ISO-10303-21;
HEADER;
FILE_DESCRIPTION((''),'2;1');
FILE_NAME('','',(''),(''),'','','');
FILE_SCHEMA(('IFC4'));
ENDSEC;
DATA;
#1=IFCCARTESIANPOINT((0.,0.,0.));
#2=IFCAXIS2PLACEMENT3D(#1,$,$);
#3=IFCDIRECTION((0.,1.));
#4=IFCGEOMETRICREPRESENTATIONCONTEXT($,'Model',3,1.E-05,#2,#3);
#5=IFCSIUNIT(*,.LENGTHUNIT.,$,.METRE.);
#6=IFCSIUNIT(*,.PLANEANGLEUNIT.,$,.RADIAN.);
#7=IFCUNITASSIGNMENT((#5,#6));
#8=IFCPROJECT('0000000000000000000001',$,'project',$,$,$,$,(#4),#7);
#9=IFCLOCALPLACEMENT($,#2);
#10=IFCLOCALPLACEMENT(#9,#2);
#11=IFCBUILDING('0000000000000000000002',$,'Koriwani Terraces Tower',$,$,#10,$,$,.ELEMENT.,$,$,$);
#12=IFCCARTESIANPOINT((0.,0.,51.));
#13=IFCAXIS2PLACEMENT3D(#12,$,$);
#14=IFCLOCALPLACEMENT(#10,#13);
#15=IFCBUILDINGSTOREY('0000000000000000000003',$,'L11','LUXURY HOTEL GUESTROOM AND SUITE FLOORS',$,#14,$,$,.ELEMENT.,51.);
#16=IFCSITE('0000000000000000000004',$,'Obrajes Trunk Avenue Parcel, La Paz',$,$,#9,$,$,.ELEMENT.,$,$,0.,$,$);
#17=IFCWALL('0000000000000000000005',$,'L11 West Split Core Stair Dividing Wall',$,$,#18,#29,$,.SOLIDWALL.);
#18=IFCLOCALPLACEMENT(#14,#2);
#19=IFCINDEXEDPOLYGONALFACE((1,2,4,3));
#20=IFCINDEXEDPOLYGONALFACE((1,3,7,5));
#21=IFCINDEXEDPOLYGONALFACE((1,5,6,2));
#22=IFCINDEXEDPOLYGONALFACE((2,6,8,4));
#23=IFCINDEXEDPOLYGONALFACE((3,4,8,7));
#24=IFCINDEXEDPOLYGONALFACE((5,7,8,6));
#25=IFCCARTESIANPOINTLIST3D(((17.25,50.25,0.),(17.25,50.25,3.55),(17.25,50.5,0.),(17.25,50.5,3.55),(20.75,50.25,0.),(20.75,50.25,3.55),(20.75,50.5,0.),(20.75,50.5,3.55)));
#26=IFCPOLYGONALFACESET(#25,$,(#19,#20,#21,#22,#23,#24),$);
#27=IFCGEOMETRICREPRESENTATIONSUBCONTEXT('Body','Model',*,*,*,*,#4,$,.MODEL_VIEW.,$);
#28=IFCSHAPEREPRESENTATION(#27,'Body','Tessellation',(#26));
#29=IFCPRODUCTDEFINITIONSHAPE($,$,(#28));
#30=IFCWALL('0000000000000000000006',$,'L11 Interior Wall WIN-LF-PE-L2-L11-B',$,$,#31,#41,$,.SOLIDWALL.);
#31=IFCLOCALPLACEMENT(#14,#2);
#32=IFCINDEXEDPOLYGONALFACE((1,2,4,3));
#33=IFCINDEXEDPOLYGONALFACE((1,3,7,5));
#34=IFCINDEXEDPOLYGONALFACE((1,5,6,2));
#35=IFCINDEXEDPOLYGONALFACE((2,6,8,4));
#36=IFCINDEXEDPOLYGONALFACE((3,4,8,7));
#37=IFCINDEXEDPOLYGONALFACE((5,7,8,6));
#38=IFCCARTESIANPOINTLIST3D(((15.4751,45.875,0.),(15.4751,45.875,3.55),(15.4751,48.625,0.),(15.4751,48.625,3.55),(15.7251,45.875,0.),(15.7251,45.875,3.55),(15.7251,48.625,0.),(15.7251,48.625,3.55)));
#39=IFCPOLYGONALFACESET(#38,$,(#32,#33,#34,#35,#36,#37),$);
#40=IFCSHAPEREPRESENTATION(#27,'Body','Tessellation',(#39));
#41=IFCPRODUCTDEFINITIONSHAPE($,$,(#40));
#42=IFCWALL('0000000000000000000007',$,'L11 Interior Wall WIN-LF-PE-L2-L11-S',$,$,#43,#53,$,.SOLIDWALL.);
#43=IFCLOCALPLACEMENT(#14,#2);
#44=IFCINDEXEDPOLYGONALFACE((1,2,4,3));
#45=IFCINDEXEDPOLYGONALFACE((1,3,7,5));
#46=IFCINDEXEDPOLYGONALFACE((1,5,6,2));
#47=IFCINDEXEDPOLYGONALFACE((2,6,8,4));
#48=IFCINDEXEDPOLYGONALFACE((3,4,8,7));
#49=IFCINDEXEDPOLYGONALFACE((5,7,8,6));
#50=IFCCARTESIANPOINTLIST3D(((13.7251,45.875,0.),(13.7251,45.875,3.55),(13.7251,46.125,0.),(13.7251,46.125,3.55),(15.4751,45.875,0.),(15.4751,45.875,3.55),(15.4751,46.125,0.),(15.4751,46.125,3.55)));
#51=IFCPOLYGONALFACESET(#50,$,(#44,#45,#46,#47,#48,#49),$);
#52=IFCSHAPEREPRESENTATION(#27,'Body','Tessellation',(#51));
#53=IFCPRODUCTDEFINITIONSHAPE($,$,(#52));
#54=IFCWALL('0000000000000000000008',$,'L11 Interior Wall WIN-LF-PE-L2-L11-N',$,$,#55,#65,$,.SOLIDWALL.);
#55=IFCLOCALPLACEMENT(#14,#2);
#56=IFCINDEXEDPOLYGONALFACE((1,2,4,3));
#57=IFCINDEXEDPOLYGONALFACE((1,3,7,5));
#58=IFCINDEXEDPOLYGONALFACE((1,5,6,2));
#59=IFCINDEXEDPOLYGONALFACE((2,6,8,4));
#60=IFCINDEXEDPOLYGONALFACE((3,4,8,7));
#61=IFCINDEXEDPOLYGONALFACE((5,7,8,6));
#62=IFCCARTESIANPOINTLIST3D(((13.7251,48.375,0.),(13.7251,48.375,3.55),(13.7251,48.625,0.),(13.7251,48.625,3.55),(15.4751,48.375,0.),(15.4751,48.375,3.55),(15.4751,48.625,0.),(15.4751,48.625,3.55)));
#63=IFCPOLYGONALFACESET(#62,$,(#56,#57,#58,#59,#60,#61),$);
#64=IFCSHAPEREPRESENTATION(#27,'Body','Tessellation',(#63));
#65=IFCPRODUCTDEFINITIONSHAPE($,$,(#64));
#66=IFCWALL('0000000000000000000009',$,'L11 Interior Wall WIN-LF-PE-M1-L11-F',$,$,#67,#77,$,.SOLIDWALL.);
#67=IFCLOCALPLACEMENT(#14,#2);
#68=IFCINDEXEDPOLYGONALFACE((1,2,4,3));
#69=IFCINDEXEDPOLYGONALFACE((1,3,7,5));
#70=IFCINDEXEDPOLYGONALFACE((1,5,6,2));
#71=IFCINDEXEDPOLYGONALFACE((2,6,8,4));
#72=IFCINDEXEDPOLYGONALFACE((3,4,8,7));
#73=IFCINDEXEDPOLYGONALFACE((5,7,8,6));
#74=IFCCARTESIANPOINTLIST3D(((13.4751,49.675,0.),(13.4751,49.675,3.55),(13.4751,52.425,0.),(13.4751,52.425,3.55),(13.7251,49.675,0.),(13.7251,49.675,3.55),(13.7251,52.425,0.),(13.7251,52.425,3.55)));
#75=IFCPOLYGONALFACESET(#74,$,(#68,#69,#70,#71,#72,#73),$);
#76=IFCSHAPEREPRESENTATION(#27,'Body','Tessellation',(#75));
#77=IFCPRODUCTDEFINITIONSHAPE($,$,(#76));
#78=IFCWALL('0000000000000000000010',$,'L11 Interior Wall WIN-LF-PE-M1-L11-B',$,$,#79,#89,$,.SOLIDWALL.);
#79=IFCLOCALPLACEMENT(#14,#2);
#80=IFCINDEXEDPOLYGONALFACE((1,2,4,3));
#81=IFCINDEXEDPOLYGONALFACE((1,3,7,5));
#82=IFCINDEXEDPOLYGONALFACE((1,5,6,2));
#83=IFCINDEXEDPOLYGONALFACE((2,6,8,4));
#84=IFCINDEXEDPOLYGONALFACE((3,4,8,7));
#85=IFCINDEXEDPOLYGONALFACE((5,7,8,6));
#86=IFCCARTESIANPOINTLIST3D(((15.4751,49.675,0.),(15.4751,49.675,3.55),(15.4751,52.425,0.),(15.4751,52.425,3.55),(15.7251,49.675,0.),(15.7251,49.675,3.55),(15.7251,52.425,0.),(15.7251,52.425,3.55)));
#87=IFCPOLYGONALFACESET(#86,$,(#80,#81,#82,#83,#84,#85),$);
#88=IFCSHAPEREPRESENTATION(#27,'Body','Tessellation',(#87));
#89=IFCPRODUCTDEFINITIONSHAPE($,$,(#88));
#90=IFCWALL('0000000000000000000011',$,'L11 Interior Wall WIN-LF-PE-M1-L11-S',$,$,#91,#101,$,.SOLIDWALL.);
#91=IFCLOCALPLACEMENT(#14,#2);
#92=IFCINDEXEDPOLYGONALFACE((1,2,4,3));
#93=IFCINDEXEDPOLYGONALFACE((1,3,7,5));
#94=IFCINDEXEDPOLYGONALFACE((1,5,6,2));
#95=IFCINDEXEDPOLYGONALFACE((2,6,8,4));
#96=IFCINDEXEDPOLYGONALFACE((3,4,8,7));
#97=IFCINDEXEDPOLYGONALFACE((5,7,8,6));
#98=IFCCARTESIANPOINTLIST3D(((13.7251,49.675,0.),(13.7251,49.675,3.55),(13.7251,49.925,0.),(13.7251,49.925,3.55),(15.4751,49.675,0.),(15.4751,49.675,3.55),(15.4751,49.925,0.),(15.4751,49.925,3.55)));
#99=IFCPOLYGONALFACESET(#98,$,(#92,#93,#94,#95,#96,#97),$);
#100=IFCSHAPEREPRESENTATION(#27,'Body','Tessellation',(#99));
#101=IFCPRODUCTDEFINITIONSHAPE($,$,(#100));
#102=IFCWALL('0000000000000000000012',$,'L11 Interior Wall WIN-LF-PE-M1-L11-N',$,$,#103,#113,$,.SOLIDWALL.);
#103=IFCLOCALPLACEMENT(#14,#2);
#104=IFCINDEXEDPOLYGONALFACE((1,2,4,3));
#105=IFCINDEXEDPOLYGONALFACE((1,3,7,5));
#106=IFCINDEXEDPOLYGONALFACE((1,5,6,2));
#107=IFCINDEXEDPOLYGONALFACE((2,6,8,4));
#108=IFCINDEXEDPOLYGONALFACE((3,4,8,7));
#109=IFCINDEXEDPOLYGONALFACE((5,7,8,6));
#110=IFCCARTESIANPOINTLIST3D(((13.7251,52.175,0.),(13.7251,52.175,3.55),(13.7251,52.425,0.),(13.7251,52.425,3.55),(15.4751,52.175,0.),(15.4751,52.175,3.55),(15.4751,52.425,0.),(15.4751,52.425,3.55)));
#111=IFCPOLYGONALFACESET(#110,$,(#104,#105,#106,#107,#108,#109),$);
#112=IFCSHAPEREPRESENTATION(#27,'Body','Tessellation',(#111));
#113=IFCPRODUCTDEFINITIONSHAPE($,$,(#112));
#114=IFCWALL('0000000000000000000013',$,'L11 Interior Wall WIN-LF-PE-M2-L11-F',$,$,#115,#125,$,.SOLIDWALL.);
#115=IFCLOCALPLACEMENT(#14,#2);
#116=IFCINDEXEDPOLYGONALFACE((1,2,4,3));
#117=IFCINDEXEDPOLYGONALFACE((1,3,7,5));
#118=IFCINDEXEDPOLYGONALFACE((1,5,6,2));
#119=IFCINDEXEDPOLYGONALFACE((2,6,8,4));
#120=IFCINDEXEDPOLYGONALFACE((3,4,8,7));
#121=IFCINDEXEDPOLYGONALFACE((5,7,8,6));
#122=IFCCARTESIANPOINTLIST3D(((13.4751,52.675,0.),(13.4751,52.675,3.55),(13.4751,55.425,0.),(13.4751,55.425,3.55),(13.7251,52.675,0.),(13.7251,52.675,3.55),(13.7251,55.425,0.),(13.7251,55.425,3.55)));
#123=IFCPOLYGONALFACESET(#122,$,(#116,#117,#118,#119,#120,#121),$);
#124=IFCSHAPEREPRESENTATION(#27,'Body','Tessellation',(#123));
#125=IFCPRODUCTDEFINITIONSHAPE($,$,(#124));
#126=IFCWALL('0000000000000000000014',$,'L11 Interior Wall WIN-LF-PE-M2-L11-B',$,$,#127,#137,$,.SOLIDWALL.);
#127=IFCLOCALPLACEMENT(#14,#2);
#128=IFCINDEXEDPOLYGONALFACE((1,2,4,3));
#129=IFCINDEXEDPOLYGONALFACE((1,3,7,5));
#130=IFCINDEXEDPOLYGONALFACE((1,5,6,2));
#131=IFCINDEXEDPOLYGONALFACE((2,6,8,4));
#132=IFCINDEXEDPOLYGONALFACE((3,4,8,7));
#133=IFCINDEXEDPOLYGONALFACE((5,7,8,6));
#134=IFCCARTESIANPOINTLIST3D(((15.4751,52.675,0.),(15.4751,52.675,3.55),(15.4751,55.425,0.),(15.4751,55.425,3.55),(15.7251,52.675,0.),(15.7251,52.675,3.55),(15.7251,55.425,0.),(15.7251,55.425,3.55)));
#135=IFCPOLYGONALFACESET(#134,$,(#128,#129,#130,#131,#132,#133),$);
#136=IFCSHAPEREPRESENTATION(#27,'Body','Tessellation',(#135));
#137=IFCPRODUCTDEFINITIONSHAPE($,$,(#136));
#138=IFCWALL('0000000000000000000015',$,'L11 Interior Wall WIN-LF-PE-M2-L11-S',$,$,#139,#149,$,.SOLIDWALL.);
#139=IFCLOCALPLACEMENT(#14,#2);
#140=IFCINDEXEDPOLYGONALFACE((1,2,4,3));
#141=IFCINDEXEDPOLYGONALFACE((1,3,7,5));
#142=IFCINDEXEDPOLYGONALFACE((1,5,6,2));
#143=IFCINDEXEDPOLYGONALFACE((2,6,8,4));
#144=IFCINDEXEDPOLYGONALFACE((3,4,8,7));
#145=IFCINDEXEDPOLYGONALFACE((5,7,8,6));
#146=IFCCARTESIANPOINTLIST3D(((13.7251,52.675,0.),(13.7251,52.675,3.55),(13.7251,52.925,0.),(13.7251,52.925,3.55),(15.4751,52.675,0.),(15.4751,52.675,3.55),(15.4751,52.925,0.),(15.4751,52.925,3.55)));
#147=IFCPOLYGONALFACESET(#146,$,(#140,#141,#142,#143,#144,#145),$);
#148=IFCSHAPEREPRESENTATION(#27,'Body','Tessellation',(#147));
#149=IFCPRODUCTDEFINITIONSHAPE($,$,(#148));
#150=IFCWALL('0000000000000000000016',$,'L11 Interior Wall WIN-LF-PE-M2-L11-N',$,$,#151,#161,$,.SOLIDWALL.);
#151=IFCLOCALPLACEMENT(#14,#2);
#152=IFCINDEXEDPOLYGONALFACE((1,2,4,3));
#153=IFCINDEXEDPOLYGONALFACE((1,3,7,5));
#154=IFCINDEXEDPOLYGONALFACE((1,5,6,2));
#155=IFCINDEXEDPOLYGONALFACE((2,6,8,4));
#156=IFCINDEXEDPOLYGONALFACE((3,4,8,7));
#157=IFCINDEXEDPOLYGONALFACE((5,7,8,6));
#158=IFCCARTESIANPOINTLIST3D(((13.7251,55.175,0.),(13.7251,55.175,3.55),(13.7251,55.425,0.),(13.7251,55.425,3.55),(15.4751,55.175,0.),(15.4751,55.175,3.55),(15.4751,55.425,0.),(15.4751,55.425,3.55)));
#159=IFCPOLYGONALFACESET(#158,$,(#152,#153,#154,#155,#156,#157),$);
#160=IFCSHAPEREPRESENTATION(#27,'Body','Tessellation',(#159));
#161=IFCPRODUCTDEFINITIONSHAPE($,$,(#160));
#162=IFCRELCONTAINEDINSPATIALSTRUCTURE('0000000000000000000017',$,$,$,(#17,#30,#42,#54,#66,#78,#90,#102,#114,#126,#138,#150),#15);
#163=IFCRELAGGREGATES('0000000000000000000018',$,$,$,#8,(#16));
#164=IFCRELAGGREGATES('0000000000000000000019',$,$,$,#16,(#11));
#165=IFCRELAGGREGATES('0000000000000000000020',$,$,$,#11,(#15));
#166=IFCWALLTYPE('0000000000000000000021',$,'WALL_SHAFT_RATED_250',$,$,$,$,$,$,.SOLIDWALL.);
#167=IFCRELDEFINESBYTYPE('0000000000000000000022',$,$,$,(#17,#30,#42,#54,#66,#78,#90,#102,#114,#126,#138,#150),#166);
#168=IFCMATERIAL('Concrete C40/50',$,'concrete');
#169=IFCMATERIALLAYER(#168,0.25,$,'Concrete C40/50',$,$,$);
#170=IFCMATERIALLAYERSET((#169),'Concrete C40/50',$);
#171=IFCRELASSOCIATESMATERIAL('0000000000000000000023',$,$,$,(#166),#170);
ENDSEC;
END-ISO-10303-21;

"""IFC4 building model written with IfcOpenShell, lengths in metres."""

from ifc_helpers import new_model, si_unit, direction, frame, frame_2d, origin, place, context, subcontext, project, spatial, rectangle, extrude, material, layer, layer_set, type_object, element, save


model = new_model("IFC4")

# Units and contexts
model_context = context("Model", 3, precision=1e-05, world=origin(), true_north=direction((0.0, 1.0)))
body_context = subcontext(model_context, "Body", "Model", "MODEL_VIEW")
ifc_project = project(units=[si_unit("LENGTHUNIT", "METRE"), si_unit("PLANEANGLEUNIT", "RADIAN")], contexts=[model_context])

# Site, building, storey
site_placement = place(None, origin())
site = spatial("IfcSite", under=ifc_project, at=site_placement, Name="Obrajes Trunk Avenue Parcel, La Paz", CompositionType="ELEMENT", RefElevation=0.0)
building_placement = place(site_placement, origin())
building = spatial("IfcBuilding", under=site, at=building_placement, Name="Koriwani Terraces Tower", CompositionType="ELEMENT")
storey_placement = place(building_placement, frame((0.0, 0.0, 51.0)))
storey = spatial("IfcBuildingStorey", under=building, at=storey_placement, Name="L11", Description="LUXURY HOTEL GUESTROOM AND SUITE FLOORS", CompositionType="ELEMENT", Elevation=51.0)

# Shared definitions
ifc_material_1 = material(Name="Concrete C40/50", Category="concrete")

# Wall
ifc_layer_1 = layer(ifc_material_1, 0.25, Name="Concrete C40/50")
ifc_layer_set_1 = layer_set([ifc_layer_1], Name="Concrete C40/50")
wall_type_1 = type_object("IfcWallType", Name="WALL_SHAFT_RATED_250", PredefinedType="SOLIDWALL", material=ifc_layer_set_1)
wall_1_placement = place(storey_placement, frame((17.25, 50.375, 0.0), z_axis=(0.0, 0.0, 1.0), x_axis=(1.0, 0.0, 0.0)))
element("IfcWall", 1, at=wall_1_placement, inside=storey, type_object=wall_type_1, Name="L11 West Split Core Stair Dividing Wall", PredefinedType="SOLIDWALL", context=body_context, shape_type="SweptSolid", body=[
    extrude(rectangle(XDim=3.5, YDim=0.25, at=frame_2d((1.75, 0.0))), origin(), (0.0, 0.0, 1.0), 3.55),
])

# Walls
wall_2_placement = place(storey_placement, frame((15.6001, 45.875, 0.0), z_axis=(0.0, 0.0, 1.0), x_axis=(0.0, 1.0, 0.0)))
element("IfcWall", 2, at=wall_2_placement, inside=storey, type_object=wall_type_1, Name="L11 Interior Wall WIN-LF-PE-L2-L11-B", PredefinedType="SOLIDWALL", context=body_context, shape_type="SweptSolid", body=[
    extrude(rectangle(XDim=2.75, YDim=0.25, at=frame_2d((1.375, 0.0))), origin(), (0.0, 0.0, 1.0), 3.55),
])
for number, where, z_axis, x_axis, name in (
    (3, (13.7251, 46.0, 0.0), (0.0, 0.0, 1.0), (1.0, 0.0, 0.0), "L11 Interior Wall WIN-LF-PE-L2-L11-S"),
    (4, (13.7251, 48.5, 0.0), (0.0, 0.0, 1.0), (1.0, 0.0, 0.0), "L11 Interior Wall WIN-LF-PE-L2-L11-N"),
):
    element("IfcWall", number, at=place(storey_placement, frame(where, z_axis=z_axis, x_axis=x_axis)), inside=storey, type_object=wall_type_1, Name=name, PredefinedType="SOLIDWALL", context=body_context, shape_type="SweptSolid", body=[
        extrude(rectangle(XDim=1.75, YDim=0.25, at=frame_2d((0.875, 0.0))), origin(), (0.0, 0.0, 1.0), 3.55),
    ])
for number, where, z_axis, x_axis, name in (
    (5, (13.6001, 49.675, 0.0), (0.0, 0.0, 1.0), (0.0, 1.0, 0.0), "L11 Interior Wall WIN-LF-PE-M1-L11-F"),
    (6, (15.6001, 49.675, 0.0), (0.0, 0.0, 1.0), (0.0, 1.0, 0.0), "L11 Interior Wall WIN-LF-PE-M1-L11-B"),
):
    element("IfcWall", number, at=place(storey_placement, frame(where, z_axis=z_axis, x_axis=x_axis)), inside=storey, type_object=wall_type_1, Name=name, PredefinedType="SOLIDWALL", context=body_context, shape_type="SweptSolid", body=[
        extrude(rectangle(XDim=2.75, YDim=0.25, at=frame_2d((1.375, 0.0))), origin(), (0.0, 0.0, 1.0), 3.55),
    ])
for number, where, z_axis, x_axis, name in (
    (7, (13.7251, 49.8, 0.0), (0.0, 0.0, 1.0), (1.0, 0.0, 0.0), "L11 Interior Wall WIN-LF-PE-M1-L11-S"),
    (8, (13.7251, 52.3, 0.0), (0.0, 0.0, 1.0), (1.0, 0.0, 0.0), "L11 Interior Wall WIN-LF-PE-M1-L11-N"),
):
    element("IfcWall", number, at=place(storey_placement, frame(where, z_axis=z_axis, x_axis=x_axis)), inside=storey, type_object=wall_type_1, Name=name, PredefinedType="SOLIDWALL", context=body_context, shape_type="SweptSolid", body=[
        extrude(rectangle(XDim=1.75, YDim=0.25, at=frame_2d((0.875, 0.0))), origin(), (0.0, 0.0, 1.0), 3.55),
    ])
for number, where, z_axis, x_axis, name in (
    (9, (13.6001, 52.675, 0.0), (0.0, 0.0, 1.0), (0.0, 1.0, 0.0), "L11 Interior Wall WIN-LF-PE-M2-L11-F"),
    (10, (15.6001, 52.675, 0.0), (0.0, 0.0, 1.0), (0.0, 1.0, 0.0), "L11 Interior Wall WIN-LF-PE-M2-L11-B"),
):
    element("IfcWall", number, at=place(storey_placement, frame(where, z_axis=z_axis, x_axis=x_axis)), inside=storey, type_object=wall_type_1, Name=name, PredefinedType="SOLIDWALL", context=body_context, shape_type="SweptSolid", body=[
        extrude(rectangle(XDim=2.75, YDim=0.25, at=frame_2d((1.375, 0.0))), origin(), (0.0, 0.0, 1.0), 3.55),
    ])
for number, where, z_axis, x_axis, name in (
    (11, (13.7251, 52.8, 0.0), (0.0, 0.0, 1.0), (1.0, 0.0, 0.0), "L11 Interior Wall WIN-LF-PE-M2-L11-S"),
    (12, (13.7251, 55.3, 0.0), (0.0, 0.0, 1.0), (1.0, 0.0, 0.0), "L11 Interior Wall WIN-LF-PE-M2-L11-N"),
):
    element("IfcWall", number, at=place(storey_placement, frame(where, z_axis=z_axis, x_axis=x_axis)), inside=storey, type_object=wall_type_1, Name=name, PredefinedType="SOLIDWALL", context=body_context, shape_type="SweptSolid", body=[
        extrude(rectangle(XDim=1.75, YDim=0.25, at=frame_2d((0.875, 0.0))), origin(), (0.0, 0.0, 1.0), 3.55),
    ])

save(model, "model.ifc")
